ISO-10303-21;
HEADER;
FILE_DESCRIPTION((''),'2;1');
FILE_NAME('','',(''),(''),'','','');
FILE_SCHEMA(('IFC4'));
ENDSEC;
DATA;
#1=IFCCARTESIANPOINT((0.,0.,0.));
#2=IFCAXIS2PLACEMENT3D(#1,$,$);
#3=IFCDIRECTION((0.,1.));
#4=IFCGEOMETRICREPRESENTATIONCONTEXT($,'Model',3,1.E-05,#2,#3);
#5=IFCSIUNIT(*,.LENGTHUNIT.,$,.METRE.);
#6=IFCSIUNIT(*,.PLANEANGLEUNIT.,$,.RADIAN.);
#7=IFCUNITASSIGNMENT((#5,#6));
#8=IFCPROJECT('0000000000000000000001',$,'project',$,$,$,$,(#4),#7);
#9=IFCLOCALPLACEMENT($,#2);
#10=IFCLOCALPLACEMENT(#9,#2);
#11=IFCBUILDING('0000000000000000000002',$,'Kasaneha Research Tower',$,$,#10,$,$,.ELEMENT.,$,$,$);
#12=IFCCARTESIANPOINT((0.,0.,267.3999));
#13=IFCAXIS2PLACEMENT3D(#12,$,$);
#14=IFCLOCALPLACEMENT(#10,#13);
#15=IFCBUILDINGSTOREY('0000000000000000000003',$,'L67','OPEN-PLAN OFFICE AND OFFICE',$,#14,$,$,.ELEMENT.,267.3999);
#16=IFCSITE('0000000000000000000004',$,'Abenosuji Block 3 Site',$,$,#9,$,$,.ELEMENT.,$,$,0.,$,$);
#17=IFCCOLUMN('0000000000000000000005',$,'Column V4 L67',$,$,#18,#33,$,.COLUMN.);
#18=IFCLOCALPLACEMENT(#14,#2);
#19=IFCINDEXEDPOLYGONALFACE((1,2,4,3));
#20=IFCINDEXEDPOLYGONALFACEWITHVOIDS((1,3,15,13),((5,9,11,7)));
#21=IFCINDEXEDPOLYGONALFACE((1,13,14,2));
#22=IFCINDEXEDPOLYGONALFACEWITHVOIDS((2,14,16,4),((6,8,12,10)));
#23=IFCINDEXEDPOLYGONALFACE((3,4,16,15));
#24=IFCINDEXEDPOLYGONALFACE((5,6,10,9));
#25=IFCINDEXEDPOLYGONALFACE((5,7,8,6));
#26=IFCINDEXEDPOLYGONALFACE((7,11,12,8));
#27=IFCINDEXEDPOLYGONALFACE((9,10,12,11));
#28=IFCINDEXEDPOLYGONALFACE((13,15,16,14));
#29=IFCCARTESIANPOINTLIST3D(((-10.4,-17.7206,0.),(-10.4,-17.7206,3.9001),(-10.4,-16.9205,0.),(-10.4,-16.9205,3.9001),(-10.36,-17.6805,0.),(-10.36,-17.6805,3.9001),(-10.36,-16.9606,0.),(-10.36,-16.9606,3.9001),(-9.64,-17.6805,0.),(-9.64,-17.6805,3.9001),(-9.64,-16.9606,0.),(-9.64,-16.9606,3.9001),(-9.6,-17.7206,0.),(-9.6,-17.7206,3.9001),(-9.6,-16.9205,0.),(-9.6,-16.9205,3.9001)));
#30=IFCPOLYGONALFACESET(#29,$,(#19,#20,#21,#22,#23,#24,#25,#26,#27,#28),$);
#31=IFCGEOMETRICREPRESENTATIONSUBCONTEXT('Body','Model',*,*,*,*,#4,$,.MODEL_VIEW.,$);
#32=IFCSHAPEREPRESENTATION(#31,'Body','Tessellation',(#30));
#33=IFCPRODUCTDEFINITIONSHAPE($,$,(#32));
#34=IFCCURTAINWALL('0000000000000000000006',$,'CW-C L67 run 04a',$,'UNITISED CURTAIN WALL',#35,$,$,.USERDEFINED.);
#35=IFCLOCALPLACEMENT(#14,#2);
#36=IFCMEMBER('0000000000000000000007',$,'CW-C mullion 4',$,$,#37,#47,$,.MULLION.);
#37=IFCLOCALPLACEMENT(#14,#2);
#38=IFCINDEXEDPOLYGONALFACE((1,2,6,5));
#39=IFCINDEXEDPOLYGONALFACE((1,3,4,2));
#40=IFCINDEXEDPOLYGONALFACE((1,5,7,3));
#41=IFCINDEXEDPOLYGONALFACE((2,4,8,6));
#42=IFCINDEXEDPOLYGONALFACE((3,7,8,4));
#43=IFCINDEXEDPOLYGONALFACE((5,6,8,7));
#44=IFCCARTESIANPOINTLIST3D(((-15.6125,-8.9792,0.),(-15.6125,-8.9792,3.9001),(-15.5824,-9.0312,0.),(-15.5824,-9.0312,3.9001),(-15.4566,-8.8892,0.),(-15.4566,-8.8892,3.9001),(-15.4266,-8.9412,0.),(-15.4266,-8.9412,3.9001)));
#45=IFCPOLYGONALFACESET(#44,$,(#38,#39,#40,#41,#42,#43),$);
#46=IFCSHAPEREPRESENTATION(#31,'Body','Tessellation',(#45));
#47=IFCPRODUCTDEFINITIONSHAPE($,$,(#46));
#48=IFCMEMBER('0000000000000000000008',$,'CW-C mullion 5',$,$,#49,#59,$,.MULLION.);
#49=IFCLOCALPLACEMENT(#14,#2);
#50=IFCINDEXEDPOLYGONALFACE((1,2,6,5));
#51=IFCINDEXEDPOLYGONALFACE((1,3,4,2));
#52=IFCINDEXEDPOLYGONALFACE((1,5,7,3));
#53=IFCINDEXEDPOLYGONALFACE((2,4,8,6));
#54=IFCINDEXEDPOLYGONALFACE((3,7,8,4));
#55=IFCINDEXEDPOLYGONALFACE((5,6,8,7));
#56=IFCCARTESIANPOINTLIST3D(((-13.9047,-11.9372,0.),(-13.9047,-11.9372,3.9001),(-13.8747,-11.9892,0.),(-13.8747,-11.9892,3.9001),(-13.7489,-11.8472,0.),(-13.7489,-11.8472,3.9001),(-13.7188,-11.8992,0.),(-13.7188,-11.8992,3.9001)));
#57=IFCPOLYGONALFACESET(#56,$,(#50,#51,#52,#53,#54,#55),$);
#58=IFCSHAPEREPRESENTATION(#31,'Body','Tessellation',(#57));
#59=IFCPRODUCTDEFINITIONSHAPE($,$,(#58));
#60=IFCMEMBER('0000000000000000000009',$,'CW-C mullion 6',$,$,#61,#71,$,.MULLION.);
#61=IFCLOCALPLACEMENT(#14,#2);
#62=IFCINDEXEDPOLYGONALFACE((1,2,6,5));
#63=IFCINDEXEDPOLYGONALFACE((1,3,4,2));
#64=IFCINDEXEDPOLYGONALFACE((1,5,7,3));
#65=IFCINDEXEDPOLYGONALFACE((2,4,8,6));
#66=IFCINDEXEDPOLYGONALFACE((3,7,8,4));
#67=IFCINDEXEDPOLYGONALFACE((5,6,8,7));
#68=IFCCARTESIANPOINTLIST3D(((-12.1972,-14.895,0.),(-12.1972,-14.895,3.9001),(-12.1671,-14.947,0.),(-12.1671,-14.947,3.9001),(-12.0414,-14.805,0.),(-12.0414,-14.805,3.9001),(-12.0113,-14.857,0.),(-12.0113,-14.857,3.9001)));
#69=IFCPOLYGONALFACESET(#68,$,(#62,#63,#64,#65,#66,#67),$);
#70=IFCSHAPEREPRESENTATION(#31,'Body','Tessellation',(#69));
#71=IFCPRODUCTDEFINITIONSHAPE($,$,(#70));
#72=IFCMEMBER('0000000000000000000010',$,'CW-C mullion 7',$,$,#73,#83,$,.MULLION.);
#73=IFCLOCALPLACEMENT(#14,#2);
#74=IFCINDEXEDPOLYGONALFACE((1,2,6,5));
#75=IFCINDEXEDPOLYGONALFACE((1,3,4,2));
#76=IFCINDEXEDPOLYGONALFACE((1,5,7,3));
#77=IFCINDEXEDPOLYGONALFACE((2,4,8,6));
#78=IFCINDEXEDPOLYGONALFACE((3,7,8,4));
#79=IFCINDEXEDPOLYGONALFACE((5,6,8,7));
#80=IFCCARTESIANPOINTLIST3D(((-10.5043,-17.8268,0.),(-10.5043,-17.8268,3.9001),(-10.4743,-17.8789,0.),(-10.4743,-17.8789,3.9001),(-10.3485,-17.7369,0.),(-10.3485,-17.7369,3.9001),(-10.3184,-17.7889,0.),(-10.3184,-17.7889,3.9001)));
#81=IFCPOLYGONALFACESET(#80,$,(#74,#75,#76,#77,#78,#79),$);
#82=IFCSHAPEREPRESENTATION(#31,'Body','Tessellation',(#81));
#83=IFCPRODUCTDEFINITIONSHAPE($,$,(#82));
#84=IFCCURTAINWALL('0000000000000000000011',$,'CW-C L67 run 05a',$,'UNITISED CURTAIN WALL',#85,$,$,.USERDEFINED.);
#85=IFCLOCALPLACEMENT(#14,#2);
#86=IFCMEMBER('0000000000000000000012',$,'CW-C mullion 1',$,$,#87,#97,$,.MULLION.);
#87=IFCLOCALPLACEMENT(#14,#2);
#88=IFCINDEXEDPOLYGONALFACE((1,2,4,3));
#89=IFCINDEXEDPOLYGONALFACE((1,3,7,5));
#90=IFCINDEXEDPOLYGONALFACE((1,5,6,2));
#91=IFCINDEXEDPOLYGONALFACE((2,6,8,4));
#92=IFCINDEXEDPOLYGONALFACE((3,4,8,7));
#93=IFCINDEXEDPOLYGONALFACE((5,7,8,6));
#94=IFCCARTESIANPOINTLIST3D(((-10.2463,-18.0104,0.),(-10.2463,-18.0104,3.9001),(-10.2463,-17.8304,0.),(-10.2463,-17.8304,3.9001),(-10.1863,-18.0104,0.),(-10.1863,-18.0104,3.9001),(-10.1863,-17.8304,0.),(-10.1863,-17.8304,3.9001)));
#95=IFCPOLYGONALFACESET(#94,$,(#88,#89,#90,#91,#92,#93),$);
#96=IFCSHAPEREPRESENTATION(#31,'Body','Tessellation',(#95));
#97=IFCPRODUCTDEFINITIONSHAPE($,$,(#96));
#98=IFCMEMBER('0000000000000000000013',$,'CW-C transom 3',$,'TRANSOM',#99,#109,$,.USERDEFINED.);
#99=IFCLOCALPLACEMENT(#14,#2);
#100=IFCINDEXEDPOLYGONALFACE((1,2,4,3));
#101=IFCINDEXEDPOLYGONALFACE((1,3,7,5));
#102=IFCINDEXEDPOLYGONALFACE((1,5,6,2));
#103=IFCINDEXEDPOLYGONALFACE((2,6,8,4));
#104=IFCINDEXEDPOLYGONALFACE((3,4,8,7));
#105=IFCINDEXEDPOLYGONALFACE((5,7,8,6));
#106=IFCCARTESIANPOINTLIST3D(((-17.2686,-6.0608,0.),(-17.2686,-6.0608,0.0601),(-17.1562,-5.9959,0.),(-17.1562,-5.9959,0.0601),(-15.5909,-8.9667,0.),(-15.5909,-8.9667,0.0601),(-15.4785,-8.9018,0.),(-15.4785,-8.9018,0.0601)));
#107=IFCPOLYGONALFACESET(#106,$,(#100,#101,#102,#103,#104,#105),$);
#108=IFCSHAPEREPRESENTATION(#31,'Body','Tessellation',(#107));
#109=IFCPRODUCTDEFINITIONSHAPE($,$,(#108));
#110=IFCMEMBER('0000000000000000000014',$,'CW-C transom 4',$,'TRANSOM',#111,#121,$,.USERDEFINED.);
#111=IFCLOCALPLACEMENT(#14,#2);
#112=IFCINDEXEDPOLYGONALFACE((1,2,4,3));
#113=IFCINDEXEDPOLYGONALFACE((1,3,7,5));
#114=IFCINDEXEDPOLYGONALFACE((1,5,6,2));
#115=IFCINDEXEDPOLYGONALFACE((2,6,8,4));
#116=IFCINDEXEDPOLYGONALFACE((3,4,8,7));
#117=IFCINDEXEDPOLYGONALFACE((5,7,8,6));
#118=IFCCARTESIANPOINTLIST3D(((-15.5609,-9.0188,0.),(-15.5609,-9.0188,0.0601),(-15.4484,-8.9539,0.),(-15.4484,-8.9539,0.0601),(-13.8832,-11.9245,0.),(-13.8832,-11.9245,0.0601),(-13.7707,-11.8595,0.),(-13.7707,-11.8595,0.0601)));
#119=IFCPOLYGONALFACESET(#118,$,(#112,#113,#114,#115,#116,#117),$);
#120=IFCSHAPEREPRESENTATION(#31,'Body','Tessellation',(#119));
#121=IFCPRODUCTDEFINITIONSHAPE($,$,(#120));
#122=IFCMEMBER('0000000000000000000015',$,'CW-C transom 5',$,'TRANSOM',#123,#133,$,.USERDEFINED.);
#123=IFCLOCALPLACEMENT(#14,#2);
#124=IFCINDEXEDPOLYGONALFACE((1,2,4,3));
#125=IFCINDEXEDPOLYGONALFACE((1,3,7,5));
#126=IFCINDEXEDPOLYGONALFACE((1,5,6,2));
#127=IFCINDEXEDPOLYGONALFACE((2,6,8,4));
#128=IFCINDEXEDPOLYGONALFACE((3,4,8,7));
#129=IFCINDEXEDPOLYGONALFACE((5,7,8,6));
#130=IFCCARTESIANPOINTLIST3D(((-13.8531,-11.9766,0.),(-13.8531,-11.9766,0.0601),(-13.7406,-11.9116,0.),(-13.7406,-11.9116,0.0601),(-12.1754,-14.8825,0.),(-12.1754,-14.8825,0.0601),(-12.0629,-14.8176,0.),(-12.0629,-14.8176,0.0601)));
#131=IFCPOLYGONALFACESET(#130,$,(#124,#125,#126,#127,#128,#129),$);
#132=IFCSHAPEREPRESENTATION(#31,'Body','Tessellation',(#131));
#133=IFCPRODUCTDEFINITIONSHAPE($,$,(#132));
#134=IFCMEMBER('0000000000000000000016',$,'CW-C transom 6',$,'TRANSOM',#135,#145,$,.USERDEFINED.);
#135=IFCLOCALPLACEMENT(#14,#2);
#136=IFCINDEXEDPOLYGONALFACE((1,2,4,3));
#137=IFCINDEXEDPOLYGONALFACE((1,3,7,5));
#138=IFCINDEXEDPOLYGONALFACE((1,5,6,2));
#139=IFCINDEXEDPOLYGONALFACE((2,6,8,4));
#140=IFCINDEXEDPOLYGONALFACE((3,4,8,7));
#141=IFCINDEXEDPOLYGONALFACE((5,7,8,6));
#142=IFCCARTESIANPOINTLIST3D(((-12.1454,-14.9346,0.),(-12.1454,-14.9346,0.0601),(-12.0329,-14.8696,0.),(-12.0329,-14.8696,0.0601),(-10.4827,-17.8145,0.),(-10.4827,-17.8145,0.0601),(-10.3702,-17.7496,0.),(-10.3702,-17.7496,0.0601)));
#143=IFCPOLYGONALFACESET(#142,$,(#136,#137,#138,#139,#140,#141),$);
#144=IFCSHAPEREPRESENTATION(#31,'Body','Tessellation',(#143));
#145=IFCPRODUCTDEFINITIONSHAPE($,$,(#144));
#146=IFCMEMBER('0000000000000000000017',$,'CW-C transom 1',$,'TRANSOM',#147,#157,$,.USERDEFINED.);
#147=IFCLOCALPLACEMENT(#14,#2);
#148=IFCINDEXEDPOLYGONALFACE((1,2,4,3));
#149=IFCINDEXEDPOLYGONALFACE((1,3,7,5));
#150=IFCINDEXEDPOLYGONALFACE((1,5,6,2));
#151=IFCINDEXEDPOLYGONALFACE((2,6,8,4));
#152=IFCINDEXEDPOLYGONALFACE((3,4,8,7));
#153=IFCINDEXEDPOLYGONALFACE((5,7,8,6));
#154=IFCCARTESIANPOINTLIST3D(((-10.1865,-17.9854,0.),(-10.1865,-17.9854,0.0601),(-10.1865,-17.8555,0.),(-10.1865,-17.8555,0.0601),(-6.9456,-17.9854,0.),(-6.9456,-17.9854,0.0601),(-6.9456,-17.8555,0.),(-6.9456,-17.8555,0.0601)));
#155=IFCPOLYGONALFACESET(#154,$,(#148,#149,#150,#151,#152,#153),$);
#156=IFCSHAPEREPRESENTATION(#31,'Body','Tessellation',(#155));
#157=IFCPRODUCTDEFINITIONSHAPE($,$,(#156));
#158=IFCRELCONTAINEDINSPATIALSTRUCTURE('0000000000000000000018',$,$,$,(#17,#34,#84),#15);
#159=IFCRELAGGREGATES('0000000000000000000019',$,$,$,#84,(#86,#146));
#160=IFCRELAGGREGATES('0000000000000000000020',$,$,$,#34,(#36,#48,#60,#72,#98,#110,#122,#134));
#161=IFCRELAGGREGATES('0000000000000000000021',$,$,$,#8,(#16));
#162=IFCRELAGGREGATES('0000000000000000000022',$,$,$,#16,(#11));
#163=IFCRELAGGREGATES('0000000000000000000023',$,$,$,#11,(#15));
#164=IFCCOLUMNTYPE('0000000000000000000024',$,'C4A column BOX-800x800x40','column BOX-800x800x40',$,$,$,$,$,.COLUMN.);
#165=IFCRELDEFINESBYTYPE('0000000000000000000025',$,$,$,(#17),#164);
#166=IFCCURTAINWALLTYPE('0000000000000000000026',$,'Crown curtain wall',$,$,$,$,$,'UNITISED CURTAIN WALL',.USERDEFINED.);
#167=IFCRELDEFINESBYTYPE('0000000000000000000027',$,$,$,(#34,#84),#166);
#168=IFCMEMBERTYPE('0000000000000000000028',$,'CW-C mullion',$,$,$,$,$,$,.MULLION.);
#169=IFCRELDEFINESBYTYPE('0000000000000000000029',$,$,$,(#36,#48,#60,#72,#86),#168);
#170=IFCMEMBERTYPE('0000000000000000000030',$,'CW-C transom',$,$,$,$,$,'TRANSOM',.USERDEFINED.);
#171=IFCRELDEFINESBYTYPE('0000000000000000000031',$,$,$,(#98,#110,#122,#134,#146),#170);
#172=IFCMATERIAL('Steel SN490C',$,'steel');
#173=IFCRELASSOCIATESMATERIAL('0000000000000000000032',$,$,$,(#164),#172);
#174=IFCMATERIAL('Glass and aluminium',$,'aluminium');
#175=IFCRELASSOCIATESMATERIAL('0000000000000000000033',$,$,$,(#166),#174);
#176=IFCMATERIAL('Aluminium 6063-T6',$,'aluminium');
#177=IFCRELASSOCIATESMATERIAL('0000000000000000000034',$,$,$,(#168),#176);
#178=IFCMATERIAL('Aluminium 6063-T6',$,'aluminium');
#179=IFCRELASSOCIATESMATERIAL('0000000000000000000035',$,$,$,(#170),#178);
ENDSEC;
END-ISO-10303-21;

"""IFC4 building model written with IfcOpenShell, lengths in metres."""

from ifc_helpers import new_model, si_unit, direction, frame, origin, origin_2d, place, context, subcontext, project, spatial, rectangle, hollow_rectangle, extrude, material, material_profile, profile_set, type_object, element, aggregate, save


model = new_model("IFC4")

# Units and contexts
model_context = context("Model", 3, precision=1e-05, world=origin(), true_north=direction((0.0, 1.0)))
body_context = subcontext(model_context, "Body", "Model", "MODEL_VIEW")
ifc_project = project(units=[si_unit("LENGTHUNIT", "METRE"), si_unit("PLANEANGLEUNIT", "RADIAN")], contexts=[model_context])

# Site, building, storey
site_placement = place(None, origin())
site = spatial("IfcSite", under=ifc_project, at=site_placement, Name="Abenosuji Block 3 Site", CompositionType="ELEMENT", RefElevation=0.0)
building_placement = place(site_placement, origin())
building = spatial("IfcBuilding", under=site, at=building_placement, Name="Kasaneha Research Tower", CompositionType="ELEMENT")
storey_placement = place(building_placement, frame((0.0, 0.0, 267.3999)))
storey = spatial("IfcBuildingStorey", under=building, at=storey_placement, Name="L67", Description="OPEN-PLAN OFFICE AND OFFICE", CompositionType="ELEMENT", Elevation=267.3999)

# Column
ifc_material_1 = material(Name="Steel SN490C", Category="steel")
ifc_material_profile_1 = material_profile(ifc_material_1, hollow_rectangle(XDim=0.8, YDim=0.8, WallThickness=0.04, at=origin_2d()), Name="BOX-800x800x40")
ifc_profile_set_1 = profile_set([ifc_material_profile_1], Name="Steel SN490C")
column_type = type_object("IfcColumnType", Name="C4A column BOX-800x800x40", Description="column BOX-800x800x40", PredefinedType="COLUMN", material=ifc_profile_set_1)
column_placement = place(storey_placement, frame((-10.0, -17.3206, 0.0), z_axis=(0.0, 0.0, 1.0), x_axis=(1.0, 0.0, 0.0)))
element("IfcColumn", 1, at=column_placement, inside=storey, type_object=column_type, Name="Column V4 L67", PredefinedType="COLUMN", context=body_context, shape_type="SweptSolid", body=[
    extrude(hollow_rectangle(XDim=0.8, YDim=0.8, WallThickness=0.04, at=origin_2d()), origin(), (0.0, 0.0, 1.0), 3.9001),
])

# Curtain wall, members
ifc_material_2 = material(Name="Glass and aluminium", Category="aluminium")
curtain_wall_type = type_object("IfcCurtainWallType", Name="Crown curtain wall", ElementType="UNITISED CURTAIN WALL", PredefinedType="USERDEFINED", material=ifc_material_2)
curtain_wall_1_placement = place(storey_placement, origin())
curtain_wall_1 = element("IfcCurtainWall", 2, at=curtain_wall_1_placement, inside=storey, type_object=curtain_wall_type, Name="CW-C L67 run 04a", ObjectType="UNITISED CURTAIN WALL", PredefinedType="USERDEFINED")
ifc_material_3 = material(Name="Aluminium 6063-T6", Category="aluminium")
ifc_material_profile_2 = material_profile(ifc_material_3, rectangle(XDim=0.0601, YDim=0.1799, at=origin_2d()), Name="CW-C mullion 60x180")
ifc_profile_set_2 = profile_set([ifc_material_profile_2], Name="Aluminium 6063-T6")
member_type_1 = type_object("IfcMemberType", Name="CW-C mullion", PredefinedType="MULLION", material=ifc_profile_set_2)
member_1_placement = place(storey_placement, frame((-15.5195, -8.9602, 0.0), z_axis=(0.0, 0.0, 1.0), x_axis=(0.5, -0.866025, 0.0)))
member_1 = element("IfcMember", 3, at=member_1_placement, type_object=member_type_1, Name="CW-C mullion 4", PredefinedType="MULLION", context=body_context, shape_type="SweptSolid", body=[
    extrude(rectangle(XDim=0.0601, YDim=0.1799, at=origin_2d()), origin(), (0.0, 0.0, 1.0), 3.9001),
])
member_2_placement = place(storey_placement, frame((-13.8118, -11.9182, 0.0), z_axis=(0.0, 0.0, 1.0), x_axis=(0.5, -0.866025, 0.0)))
member_2 = element("IfcMember", 4, at=member_2_placement, type_object=member_type_1, Name="CW-C mullion 5", PredefinedType="MULLION", context=body_context, shape_type="SweptSolid", body=[
    extrude(rectangle(XDim=0.0601, YDim=0.1799, at=origin_2d()), origin(), (0.0, 0.0, 1.0), 3.9001),
])
member_3_placement = place(storey_placement, frame((-12.1042, -14.876, 0.0), z_axis=(0.0, 0.0, 1.0), x_axis=(0.5, -0.866025, 0.0)))
member_3 = element("IfcMember", 5, at=member_3_placement, type_object=member_type_1, Name="CW-C mullion 6", PredefinedType="MULLION", context=body_context, shape_type="SweptSolid", body=[
    extrude(rectangle(XDim=0.0601, YDim=0.1799, at=origin_2d()), origin(), (0.0, 0.0, 1.0), 3.9001),
])
member_4_placement = place(storey_placement, frame((-10.4114, -17.8079, 0.0), z_axis=(0.0, 0.0, 1.0), x_axis=(0.5, -0.866025, 0.0)))
member_4 = element("IfcMember", 6, at=member_4_placement, type_object=member_type_1, Name="CW-C mullion 7", PredefinedType="MULLION", context=body_context, shape_type="SweptSolid", body=[
    extrude(rectangle(XDim=0.0601, YDim=0.1799, at=origin_2d()), origin(), (0.0, 0.0, 1.0), 3.9001),
])

# Curtain wall, member
curtain_wall_2_placement = place(storey_placement, origin())
curtain_wall_2 = element("IfcCurtainWall", 7, at=curtain_wall_2_placement, inside=storey, type_object=curtain_wall_type, Name="CW-C L67 run 05a", ObjectType="UNITISED CURTAIN WALL", PredefinedType="USERDEFINED")
member_5_placement = place(storey_placement, frame((-10.2163, -17.9204, 0.0), z_axis=(0.0, 0.0, 1.0), x_axis=(1.0, 0.0, 0.0)))
member_5 = element("IfcMember", 8, at=member_5_placement, type_object=member_type_1, Name="CW-C mullion 1", PredefinedType="MULLION", context=body_context, shape_type="SweptSolid", body=[
    extrude(rectangle(XDim=0.0601, YDim=0.1799, at=origin_2d()), origin(), (0.0, 0.0, 1.0), 3.9001),
])

# Members
ifc_material_4 = material(Name="Aluminium 6063-T6", Category="aluminium")
ifc_material_profile_3 = material_profile(ifc_material_4, rectangle(XDim=0.1299, YDim=0.0601, at=origin_2d()), Name="CW-C transom 130x60")
ifc_profile_set_3 = profile_set([ifc_material_profile_3], Name="Aluminium 6063-T6")
member_type_2 = type_object("IfcMemberType", Name="CW-C transom", ElementType="TRANSOM", PredefinedType="USERDEFINED", material=ifc_profile_set_3)
member_6_placement = place(storey_placement, frame((-17.2124, -6.0283, 0.03), z_axis=(0.499989, -0.866032, 0.0), x_axis=(0.866032, 0.499989, 0.0)))
member_6 = element("IfcMember", 9, at=member_6_placement, type_object=member_type_2, Name="CW-C transom 3", ObjectType="TRANSOM", PredefinedType="USERDEFINED", context=body_context, shape_type="SweptSolid", body=[
    extrude(rectangle(XDim=0.1299, YDim=0.0601, at=origin_2d()), origin(), (0.0, 0.0, 1.0), 3.3555),
])
member_7_placement = place(storey_placement, frame((-15.5046, -8.9863, 0.03), z_axis=(0.500021, -0.866014, 0.0), x_axis=(0.866014, 0.500021, 0.0)))
member_7 = element("IfcMember", 10, at=member_7_placement, type_object=member_type_2, Name="CW-C transom 4", ObjectType="TRANSOM", PredefinedType="USERDEFINED", context=body_context, shape_type="SweptSolid", body=[
    extrude(rectangle(XDim=0.1299, YDim=0.0601, at=origin_2d()), origin(), (0.0, 0.0, 1.0), 3.3552),
])
member_8_placement = place(storey_placement, frame((-13.7969, -11.9441, 0.03), z_axis=(0.499989, -0.866032, 0.0), x_axis=(0.866032, 0.499989, 0.0)))
member_8 = element("IfcMember", 11, at=member_8_placement, type_object=member_type_2, Name="CW-C transom 5", ObjectType="TRANSOM", PredefinedType="USERDEFINED", context=body_context, shape_type="SweptSolid", body=[
    extrude(rectangle(XDim=0.1299, YDim=0.0601, at=origin_2d()), origin(), (0.0, 0.0, 1.0), 3.3555),
])
member_9_placement = place(storey_placement, frame((-12.0891, -14.9021, 0.03), z_axis=(0.499977, -0.866039, 0.0), x_axis=(0.866039, 0.499977, 0.0)))
member_9 = element("IfcMember", 12, at=member_9_placement, type_object=member_type_2, Name="CW-C transom 6", ObjectType="TRANSOM", PredefinedType="USERDEFINED", context=body_context, shape_type="SweptSolid", body=[
    extrude(rectangle(XDim=0.1299, YDim=0.0601, at=origin_2d()), origin(), (0.0, 0.0, 1.0), 3.3254),
])
member_10_placement = place(storey_placement, frame((-10.1865, -17.9204, 0.03), z_axis=(1.0, 0.0, 0.0), x_axis=(0.0, 1.0, 0.0)))
member_10 = element("IfcMember", 13, at=member_10_placement, type_object=member_type_2, Name="CW-C transom 1", ObjectType="TRANSOM", PredefinedType="USERDEFINED", context=body_context, shape_type="SweptSolid", body=[
    extrude(rectangle(XDim=0.1299, YDim=0.0601, at=origin_2d()), origin(), (0.0, 0.0, 1.0), 3.241),
])
aggregate(curtain_wall_2, [member_5, member_10])

aggregate(curtain_wall_1, [member_1, member_2, member_3, member_4, member_6, member_7, member_8, member_9])

save(model, "model.ifc")
